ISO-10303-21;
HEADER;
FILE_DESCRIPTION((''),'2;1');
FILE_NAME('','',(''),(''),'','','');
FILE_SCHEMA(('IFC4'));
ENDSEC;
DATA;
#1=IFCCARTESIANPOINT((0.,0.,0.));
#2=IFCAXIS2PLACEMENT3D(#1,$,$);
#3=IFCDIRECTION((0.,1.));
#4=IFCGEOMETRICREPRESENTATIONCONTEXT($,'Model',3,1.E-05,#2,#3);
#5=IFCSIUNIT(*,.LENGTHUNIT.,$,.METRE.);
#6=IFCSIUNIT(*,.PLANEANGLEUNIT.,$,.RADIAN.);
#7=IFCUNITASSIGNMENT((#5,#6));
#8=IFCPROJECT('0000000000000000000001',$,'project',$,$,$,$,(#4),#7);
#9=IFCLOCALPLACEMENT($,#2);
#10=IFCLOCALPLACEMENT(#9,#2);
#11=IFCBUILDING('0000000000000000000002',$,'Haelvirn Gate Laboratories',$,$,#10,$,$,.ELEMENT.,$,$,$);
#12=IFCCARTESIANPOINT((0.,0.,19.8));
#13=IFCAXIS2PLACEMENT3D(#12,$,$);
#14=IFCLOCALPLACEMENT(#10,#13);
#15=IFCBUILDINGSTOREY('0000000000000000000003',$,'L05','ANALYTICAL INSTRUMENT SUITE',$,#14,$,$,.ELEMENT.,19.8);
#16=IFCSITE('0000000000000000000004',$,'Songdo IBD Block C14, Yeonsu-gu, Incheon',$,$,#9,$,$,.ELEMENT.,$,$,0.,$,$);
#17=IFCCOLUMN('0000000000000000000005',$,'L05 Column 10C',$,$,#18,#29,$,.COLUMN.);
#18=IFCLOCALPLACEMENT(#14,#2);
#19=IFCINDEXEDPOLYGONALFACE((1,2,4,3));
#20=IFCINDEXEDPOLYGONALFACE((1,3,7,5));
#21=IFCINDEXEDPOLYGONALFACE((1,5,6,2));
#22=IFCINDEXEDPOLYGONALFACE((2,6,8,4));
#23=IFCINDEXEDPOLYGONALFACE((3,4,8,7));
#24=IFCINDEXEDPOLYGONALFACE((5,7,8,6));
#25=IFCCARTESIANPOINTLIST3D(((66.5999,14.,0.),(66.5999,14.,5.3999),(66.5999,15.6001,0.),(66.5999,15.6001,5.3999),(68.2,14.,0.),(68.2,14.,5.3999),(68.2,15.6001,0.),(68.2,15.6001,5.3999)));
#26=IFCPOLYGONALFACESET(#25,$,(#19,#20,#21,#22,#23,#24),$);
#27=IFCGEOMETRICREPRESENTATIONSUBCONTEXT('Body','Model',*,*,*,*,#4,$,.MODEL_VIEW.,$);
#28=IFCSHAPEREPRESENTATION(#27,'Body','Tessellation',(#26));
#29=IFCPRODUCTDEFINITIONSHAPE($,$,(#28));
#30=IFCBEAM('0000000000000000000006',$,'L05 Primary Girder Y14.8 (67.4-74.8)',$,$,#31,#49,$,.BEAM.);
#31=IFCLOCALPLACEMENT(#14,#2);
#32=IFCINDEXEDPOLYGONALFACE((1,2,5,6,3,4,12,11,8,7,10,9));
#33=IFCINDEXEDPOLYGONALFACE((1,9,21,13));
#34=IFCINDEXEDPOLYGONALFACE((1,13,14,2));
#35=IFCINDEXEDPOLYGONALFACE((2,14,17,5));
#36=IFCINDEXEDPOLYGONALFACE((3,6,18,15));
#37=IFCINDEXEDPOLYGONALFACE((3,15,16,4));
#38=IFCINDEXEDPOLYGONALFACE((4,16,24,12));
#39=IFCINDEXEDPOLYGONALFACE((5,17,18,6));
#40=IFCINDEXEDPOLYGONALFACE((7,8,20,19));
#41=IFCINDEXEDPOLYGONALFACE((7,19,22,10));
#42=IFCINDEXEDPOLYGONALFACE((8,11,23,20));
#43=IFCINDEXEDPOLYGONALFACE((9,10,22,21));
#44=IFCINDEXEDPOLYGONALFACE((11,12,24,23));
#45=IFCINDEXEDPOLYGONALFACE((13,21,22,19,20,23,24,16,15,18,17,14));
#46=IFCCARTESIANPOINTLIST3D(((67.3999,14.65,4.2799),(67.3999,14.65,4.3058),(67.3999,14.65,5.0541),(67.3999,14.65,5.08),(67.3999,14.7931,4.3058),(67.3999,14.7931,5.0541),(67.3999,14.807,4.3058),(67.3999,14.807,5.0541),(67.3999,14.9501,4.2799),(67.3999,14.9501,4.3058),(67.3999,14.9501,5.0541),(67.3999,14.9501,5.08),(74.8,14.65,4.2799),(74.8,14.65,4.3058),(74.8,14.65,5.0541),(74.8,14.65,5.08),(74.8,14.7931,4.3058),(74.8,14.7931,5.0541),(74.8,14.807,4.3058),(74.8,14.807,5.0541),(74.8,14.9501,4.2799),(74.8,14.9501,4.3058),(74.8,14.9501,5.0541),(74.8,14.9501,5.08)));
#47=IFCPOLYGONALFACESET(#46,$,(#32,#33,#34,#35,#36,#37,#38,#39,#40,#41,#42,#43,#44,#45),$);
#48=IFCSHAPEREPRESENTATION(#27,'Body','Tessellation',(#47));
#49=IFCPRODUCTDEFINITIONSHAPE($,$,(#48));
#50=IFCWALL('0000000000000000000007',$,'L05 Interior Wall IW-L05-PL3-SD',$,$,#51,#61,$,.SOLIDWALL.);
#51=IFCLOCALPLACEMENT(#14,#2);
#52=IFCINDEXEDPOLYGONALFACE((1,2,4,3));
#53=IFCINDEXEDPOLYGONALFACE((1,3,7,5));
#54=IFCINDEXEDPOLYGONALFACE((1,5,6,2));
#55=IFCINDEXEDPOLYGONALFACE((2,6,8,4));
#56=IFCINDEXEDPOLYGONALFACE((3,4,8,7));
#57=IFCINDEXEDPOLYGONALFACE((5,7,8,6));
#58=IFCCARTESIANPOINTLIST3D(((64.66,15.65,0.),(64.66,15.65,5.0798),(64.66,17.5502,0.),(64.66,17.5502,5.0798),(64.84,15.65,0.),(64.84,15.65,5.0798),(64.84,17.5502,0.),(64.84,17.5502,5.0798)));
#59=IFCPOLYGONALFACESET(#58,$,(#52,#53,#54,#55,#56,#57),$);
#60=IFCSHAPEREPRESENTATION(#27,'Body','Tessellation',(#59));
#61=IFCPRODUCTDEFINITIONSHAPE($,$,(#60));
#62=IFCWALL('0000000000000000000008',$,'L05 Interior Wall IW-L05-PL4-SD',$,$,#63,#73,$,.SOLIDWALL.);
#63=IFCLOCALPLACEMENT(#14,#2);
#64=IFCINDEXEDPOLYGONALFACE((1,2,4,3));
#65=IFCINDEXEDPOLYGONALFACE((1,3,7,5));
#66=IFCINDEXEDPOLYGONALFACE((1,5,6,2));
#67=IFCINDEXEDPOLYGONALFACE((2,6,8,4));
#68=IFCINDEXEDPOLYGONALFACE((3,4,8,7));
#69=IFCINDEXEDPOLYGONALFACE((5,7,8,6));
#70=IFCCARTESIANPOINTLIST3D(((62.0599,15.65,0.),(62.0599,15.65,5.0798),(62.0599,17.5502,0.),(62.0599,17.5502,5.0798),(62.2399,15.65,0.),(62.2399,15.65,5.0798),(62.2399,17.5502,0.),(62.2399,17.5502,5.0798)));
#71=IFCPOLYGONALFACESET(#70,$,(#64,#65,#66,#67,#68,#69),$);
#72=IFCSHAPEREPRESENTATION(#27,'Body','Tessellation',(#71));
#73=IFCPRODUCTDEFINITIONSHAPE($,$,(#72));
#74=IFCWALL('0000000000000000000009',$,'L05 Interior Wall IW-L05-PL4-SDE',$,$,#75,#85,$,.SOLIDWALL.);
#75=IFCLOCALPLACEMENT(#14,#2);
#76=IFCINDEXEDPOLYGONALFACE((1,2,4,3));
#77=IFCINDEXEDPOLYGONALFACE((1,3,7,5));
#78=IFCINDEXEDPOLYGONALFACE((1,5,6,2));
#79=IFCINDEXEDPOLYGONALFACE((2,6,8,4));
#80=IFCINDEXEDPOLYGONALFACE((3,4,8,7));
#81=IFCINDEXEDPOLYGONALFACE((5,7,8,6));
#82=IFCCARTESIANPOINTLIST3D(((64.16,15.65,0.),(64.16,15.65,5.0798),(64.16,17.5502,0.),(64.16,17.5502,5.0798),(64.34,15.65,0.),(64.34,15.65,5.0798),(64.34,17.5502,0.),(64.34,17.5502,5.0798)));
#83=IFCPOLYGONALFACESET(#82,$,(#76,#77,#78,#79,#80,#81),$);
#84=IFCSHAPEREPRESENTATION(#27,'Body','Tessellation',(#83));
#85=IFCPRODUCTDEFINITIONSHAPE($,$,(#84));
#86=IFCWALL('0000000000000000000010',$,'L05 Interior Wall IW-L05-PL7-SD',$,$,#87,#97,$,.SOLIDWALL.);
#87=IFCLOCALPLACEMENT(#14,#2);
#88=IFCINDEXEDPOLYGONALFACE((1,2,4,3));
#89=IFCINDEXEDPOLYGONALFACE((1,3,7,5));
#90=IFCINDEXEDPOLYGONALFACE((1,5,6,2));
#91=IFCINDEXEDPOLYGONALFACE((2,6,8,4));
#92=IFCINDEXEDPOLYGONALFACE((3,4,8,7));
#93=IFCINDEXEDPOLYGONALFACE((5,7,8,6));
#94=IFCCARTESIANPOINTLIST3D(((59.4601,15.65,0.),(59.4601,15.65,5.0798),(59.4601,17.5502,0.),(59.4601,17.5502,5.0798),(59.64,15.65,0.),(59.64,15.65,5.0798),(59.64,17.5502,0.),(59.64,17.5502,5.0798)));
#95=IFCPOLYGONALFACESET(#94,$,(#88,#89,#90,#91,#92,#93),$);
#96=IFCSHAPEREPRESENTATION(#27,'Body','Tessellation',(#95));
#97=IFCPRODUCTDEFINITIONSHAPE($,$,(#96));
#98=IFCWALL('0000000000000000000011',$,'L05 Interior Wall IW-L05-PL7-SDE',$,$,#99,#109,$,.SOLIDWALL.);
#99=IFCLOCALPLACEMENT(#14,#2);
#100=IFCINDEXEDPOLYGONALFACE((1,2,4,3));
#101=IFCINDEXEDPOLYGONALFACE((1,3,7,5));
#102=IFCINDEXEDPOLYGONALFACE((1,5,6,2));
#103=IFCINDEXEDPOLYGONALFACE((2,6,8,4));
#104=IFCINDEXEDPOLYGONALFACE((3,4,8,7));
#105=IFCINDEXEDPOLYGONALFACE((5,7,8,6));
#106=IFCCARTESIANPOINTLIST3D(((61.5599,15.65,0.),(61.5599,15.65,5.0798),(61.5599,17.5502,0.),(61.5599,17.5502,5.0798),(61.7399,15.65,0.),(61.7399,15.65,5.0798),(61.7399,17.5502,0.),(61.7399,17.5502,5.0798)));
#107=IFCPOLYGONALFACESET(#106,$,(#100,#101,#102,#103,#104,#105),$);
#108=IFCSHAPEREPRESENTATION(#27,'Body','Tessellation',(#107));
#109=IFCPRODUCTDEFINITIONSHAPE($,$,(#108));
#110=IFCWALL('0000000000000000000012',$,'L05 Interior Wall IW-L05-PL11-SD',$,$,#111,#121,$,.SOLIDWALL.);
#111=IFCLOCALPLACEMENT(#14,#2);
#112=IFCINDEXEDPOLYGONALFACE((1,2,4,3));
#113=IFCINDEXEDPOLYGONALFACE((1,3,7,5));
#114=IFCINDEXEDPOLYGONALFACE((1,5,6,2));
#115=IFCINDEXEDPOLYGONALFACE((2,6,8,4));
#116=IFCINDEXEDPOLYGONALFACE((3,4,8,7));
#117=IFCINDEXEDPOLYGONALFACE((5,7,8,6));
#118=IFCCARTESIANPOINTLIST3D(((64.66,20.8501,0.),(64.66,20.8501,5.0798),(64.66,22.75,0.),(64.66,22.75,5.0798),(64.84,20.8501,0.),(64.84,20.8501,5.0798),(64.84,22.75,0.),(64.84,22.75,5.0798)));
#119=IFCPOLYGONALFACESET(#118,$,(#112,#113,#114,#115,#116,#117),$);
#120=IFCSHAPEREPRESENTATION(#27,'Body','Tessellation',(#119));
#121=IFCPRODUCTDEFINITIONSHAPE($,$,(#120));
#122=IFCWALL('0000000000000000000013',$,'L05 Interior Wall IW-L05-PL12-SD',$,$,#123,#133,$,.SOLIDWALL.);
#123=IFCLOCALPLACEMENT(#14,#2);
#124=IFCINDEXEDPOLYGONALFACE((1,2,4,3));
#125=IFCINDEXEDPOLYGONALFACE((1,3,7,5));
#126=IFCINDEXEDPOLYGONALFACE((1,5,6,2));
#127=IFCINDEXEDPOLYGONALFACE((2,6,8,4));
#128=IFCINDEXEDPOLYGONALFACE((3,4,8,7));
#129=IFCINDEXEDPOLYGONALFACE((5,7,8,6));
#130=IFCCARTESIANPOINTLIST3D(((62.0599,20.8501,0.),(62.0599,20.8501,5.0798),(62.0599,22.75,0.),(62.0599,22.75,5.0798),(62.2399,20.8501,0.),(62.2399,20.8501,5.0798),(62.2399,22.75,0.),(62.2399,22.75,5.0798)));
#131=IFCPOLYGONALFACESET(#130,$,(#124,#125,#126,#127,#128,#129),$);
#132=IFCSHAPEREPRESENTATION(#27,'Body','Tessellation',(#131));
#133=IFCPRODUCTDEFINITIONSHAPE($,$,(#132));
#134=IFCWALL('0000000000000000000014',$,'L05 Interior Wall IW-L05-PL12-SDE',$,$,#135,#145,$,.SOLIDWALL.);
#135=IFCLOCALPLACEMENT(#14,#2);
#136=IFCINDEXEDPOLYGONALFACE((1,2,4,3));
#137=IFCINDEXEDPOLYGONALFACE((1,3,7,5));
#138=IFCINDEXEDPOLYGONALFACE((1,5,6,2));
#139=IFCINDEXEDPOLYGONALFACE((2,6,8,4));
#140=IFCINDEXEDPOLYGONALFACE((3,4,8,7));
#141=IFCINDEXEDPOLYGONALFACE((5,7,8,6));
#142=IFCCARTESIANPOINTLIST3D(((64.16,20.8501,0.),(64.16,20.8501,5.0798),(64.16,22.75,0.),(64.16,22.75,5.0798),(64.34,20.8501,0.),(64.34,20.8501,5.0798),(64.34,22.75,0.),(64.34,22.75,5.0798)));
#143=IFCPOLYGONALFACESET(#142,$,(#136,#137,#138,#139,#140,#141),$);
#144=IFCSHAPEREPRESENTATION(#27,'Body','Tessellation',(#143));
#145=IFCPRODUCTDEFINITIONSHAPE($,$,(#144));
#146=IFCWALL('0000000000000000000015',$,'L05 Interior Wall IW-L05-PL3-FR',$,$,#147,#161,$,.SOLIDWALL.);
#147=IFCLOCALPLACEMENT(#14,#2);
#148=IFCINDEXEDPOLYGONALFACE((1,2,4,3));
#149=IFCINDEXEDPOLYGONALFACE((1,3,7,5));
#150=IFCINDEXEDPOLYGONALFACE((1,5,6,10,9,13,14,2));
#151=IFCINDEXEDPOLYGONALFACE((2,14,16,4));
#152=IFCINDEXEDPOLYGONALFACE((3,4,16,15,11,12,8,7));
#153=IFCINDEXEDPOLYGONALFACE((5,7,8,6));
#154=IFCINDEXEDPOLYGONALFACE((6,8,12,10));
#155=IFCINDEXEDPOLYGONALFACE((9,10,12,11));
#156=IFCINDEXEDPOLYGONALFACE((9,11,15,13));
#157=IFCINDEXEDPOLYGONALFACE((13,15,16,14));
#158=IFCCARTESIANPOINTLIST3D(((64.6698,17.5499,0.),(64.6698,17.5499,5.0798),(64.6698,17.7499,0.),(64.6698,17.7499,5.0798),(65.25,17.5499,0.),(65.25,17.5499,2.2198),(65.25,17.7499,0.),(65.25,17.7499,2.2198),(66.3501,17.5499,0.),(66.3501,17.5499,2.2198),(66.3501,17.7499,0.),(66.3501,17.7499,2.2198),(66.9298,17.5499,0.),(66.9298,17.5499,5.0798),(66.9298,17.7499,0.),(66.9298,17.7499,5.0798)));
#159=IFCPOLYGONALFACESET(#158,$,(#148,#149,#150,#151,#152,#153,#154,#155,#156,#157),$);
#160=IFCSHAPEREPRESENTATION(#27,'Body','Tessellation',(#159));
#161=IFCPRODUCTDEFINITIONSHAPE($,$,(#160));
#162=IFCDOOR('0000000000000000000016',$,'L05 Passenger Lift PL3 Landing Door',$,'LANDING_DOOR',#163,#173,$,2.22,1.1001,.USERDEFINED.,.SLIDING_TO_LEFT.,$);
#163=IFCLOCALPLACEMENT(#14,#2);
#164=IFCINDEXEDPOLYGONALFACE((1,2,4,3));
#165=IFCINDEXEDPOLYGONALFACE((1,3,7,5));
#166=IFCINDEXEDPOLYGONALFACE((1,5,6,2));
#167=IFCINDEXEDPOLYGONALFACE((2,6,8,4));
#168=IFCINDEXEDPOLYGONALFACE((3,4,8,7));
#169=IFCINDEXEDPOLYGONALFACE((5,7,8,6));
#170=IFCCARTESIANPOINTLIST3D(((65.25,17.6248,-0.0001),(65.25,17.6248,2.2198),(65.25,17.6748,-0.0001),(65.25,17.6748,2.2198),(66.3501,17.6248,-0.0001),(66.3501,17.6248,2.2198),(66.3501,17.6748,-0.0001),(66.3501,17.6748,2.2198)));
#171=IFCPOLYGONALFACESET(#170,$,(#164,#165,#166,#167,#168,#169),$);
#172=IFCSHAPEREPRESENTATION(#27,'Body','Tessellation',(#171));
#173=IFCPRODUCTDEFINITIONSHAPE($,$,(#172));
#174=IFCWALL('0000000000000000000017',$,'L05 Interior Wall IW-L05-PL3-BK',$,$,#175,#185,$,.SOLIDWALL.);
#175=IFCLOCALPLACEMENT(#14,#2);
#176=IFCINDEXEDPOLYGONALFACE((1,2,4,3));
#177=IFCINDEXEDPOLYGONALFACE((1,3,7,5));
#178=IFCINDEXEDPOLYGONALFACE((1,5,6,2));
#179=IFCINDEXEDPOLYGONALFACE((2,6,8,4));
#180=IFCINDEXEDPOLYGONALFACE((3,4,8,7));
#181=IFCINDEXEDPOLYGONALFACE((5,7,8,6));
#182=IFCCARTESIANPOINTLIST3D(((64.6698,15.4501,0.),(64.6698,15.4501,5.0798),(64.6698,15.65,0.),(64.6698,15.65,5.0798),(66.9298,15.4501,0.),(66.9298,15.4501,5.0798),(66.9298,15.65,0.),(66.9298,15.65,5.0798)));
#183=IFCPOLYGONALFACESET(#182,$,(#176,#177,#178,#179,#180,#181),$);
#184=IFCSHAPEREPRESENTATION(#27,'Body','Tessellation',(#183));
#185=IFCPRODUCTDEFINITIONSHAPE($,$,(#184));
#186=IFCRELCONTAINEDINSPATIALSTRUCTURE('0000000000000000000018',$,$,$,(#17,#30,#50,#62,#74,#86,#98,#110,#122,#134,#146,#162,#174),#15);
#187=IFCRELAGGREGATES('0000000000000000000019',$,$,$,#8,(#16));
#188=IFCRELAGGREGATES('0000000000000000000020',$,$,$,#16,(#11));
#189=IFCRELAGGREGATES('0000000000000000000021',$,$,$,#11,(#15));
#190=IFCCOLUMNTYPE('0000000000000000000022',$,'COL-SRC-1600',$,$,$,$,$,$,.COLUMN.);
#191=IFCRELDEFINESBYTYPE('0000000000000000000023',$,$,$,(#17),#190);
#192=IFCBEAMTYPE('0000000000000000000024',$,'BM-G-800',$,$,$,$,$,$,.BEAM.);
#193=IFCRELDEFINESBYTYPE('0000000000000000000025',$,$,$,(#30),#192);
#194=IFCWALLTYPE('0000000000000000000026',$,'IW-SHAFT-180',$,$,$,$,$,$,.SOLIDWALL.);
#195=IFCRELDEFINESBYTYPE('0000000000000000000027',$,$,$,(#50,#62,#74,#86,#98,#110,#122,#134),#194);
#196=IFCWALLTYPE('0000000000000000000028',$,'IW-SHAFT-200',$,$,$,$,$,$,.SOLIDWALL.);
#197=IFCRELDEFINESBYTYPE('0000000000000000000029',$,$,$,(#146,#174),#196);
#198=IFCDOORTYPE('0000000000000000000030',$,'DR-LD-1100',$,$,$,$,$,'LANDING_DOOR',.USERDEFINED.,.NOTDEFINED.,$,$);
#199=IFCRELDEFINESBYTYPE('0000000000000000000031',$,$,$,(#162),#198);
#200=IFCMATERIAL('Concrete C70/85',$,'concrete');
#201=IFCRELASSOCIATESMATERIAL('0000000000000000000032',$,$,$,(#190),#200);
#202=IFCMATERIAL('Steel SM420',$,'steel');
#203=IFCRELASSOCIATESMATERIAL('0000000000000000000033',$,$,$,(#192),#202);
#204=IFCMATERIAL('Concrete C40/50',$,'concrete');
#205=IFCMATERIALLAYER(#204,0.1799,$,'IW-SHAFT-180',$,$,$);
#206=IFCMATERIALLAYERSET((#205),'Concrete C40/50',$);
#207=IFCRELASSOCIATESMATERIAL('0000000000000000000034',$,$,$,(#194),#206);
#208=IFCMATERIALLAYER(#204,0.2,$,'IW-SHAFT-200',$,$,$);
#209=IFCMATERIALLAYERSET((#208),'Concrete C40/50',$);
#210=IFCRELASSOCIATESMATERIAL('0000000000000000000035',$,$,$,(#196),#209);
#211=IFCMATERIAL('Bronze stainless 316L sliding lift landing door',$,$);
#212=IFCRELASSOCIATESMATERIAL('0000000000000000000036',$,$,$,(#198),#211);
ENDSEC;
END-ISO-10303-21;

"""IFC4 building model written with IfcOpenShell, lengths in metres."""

from ifc_helpers import new_model, si_unit, direction, frame, frame_2d, origin, origin_2d, place, context, subcontext, project, spatial, rectangle, i_section, extrude, source, transform, mapped, material, layer, layer_set, material_profile, profile_set, type_object, type_shapes, element, fill, save


model = new_model("IFC4")

# Units and contexts
model_context = context("Model", 3, precision=1e-05, world=origin(), true_north=direction((0.0, 1.0)))
body_context = subcontext(model_context, "Body", "Model", "MODEL_VIEW")
ifc_project = project(units=[si_unit("LENGTHUNIT", "METRE"), si_unit("PLANEANGLEUNIT", "RADIAN")], contexts=[model_context])

# Site, building, storey
site_placement = place(None, origin())
site = spatial("IfcSite", under=ifc_project, at=site_placement, Name="Songdo IBD Block C14, Yeonsu-gu, Incheon", CompositionType="ELEMENT", RefElevation=0.0)
building_placement = place(site_placement, origin())
building = spatial("IfcBuilding", under=site, at=building_placement, Name="Haelvirn Gate Laboratories", CompositionType="ELEMENT")
storey_placement = place(building_placement, frame((0.0, 0.0, 19.8)))
storey = spatial("IfcBuildingStorey", under=building, at=storey_placement, Name="L05", Description="ANALYTICAL INSTRUMENT SUITE", CompositionType="ELEMENT", Elevation=19.8)

# Column
ifc_material_1 = material(Name="Concrete C70/85", Category="concrete")
ifc_material_profile_1 = material_profile(ifc_material_1, rectangle(XDim=1.6001, YDim=1.6001, at=origin_2d()), Name="SRC-1600x1600")
ifc_profile_set_1 = profile_set([ifc_material_profile_1], Name="Concrete C70/85")
column_type = type_object("IfcColumnType", Name="COL-SRC-1600", PredefinedType="COLUMN", material=ifc_profile_set_1)
shared_shape_1 = source(origin(), body_context, "Body", "SweptSolid", [
    extrude(rectangle(XDim=1.6001, YDim=1.6001, at=origin_2d()), origin(), (0.0, 0.0, 1.0), 5.3999),
])
type_shapes(column_type, [shared_shape_1])
column_placement = place(storey_placement, frame((67.3999, 14.8, 0.0), z_axis=(0.0, 0.0, 1.0), x_axis=(1.0, 0.0, 0.0)))
element("IfcColumn", 1, at=column_placement, inside=storey, type_object=column_type, Name="L05 Column 10C", PredefinedType="COLUMN", context=body_context, shape_type="MappedRepresentation", body=[
    mapped(shared_shape_1, transform((0.0, 0.0, 0.0), scale=1.0)),
])

# Beam
ifc_material_2 = material(Name="Steel SM420", Category="steel")
ifc_material_profile_2 = material_profile(ifc_material_2, i_section(OverallWidth=0.3, OverallDepth=0.8, WebThickness=0.0139, FlangeThickness=0.0259, at=origin_2d()), Name="H-800x300x14x26")
ifc_profile_set_2 = profile_set([ifc_material_profile_2], Name="Steel SM420")
beam_type = type_object("IfcBeamType", Name="BM-G-800", PredefinedType="BEAM", material=ifc_profile_set_2)
shared_shape_2 = source(origin(), body_context, "Body", "SweptSolid", [
    extrude(i_section(OverallWidth=0.3, OverallDepth=0.8, WebThickness=0.0139, FlangeThickness=0.0259, at=origin_2d()), origin(), (0.0, 0.0, 1.0), 7.4001),
])
type_shapes(beam_type, [shared_shape_2])
beam_placement = place(storey_placement, frame((67.3999, 14.8, 4.6799), z_axis=(1.0, 0.0, 0.0), x_axis=(0.0, 1.0, 0.0)))
element("IfcBeam", 2, at=beam_placement, inside=storey, type_object=beam_type, Name="L05 Primary Girder Y14.8 (67.4-74.8)", PredefinedType="BEAM", context=body_context, shape_type="MappedRepresentation", body=[
    mapped(shared_shape_2, transform((0.0, 0.0, 0.0), scale=1.0)),
])

# Walls
ifc_material_3 = material(Name="Concrete C40/50", Category="concrete")
ifc_layer_1 = layer(ifc_material_3, 0.1799, Name="IW-SHAFT-180")
ifc_layer_set_1 = layer_set([ifc_layer_1], Name="Concrete C40/50")
wall_type_1 = type_object("IfcWallType", Name="IW-SHAFT-180", PredefinedType="SOLIDWALL", material=ifc_layer_set_1)
for number, where, z_axis, x_axis, name in (
    (3, (64.75, 15.6499, 0.0), (0.0, 0.0, 1.0), (0.0, 1.0, 0.0), "L05 Interior Wall IW-L05-PL3-SD"),
    (4, (62.1499, 15.6499, 0.0), (0.0, 0.0, 1.0), (0.0, 1.0, 0.0), "L05 Interior Wall IW-L05-PL4-SD"),
    (5, (64.25, 15.6499, 0.0), (0.0, 0.0, 1.0), (0.0, 1.0, 0.0), "L05 Interior Wall IW-L05-PL4-SDE"),
    (6, (59.55, 15.6499, 0.0), (0.0, 0.0, 1.0), (0.0, 1.0, 0.0), "L05 Interior Wall IW-L05-PL7-SD"),
    (7, (61.6499, 15.6499, 0.0), (0.0, 0.0, 1.0), (0.0, 1.0, 0.0), "L05 Interior Wall IW-L05-PL7-SDE"),
):
    element("IfcWall", number, at=place(storey_placement, frame(where, z_axis=z_axis, x_axis=x_axis)), inside=storey, type_object=wall_type_1, Name=name, PredefinedType="SOLIDWALL", context=body_context, shape_type="SweptSolid", body=[
        extrude(rectangle(XDim=1.9001, YDim=0.1799, at=frame_2d((0.9502, 0.0))), origin(), (0.0, 0.0, 1.0), 5.0798),
    ])
for number, where, z_axis, x_axis, name in (
    (8, (64.75, 20.8501, 0.0), (0.0, 0.0, 1.0), (0.0, 1.0, 0.0), "L05 Interior Wall IW-L05-PL11-SD"),
    (9, (62.1499, 20.8501, 0.0), (0.0, 0.0, 1.0), (0.0, 1.0, 0.0), "L05 Interior Wall IW-L05-PL12-SD"),
    (10, (64.25, 20.8501, 0.0), (0.0, 0.0, 1.0), (0.0, 1.0, 0.0), "L05 Interior Wall IW-L05-PL12-SDE"),
):
    element("IfcWall", number, at=place(storey_placement, frame(where, z_axis=z_axis, x_axis=x_axis)), inside=storey, type_object=wall_type_1, Name=name, PredefinedType="SOLIDWALL", context=body_context, shape_type="SweptSolid", body=[
        extrude(rectangle(XDim=1.8999, YDim=0.1799, at=frame_2d((0.95, 0.0))), origin(), (0.0, 0.0, 1.0), 5.0798),
    ])

# Wall, opening, door
ifc_layer_2 = layer(ifc_material_3, 0.2, Name="IW-SHAFT-200")
ifc_layer_set_2 = layer_set([ifc_layer_2], Name="Concrete C40/50")
wall_type_2 = type_object("IfcWallType", Name="IW-SHAFT-200", PredefinedType="SOLIDWALL", material=ifc_layer_set_2)
wall_1_placement = place(storey_placement, frame((64.6699, 17.6499, 0.0), z_axis=(0.0, 0.0, 1.0), x_axis=(1.0, 0.0, 0.0)))
wall_1 = element("IfcWall", 11, at=wall_1_placement, inside=storey, type_object=wall_type_2, Name="L05 Interior Wall IW-L05-PL3-FR", PredefinedType="SOLIDWALL", context=body_context, shape_type="SweptSolid", body=[
    extrude(rectangle(XDim=2.26, YDim=0.2, at=frame_2d((1.1299, 0.0))), origin(), (0.0, 0.0, 1.0), 5.0798),
])
opening_1_placement = place(wall_1_placement, frame((0.5801, 0.0, 0.0)))
opening_1 = element("IfcOpeningElement", 12, at=opening_1_placement, cuts=wall_1, PredefinedType="OPENING", context=body_context, shape_type="SweptSolid", body=[
    extrude(rectangle(XDim=1.1001, YDim=2.22, at=frame_2d((0.55, 1.1099))), frame((0.0, 0.1099, 0.0), z_axis=(0.0, -1.0, 0.0), x_axis=(1.0, 0.0, 0.0)), (0.0, 0.0, 1.0), 0.22),
])
ifc_material_4 = material(Name="Bronze stainless 316L sliding lift landing door")
door_type = type_object("IfcDoorType", Name="DR-LD-1100", ElementType="LANDING_DOOR", OperationType="NOTDEFINED", PredefinedType="USERDEFINED", material=ifc_material_4)
shared_shape_3 = source(origin(), body_context, "Body", "SweptSolid", [
    extrude(rectangle(XDim=1.1001, YDim=2.22, at=frame_2d((0.55, 1.1099))), frame((0.0, 0.0249, 0.0), z_axis=(0.0, -1.0, 0.0), x_axis=(1.0, 0.0, 0.0)), (0.0, 0.0, 1.0), 0.05),
])
type_shapes(door_type, [shared_shape_3])
door_1_placement = place(opening_1_placement, origin())
door_1 = element("IfcDoor", 13, at=door_1_placement, inside=storey, type_object=door_type, Name="L05 Passenger Lift PL3 Landing Door", ObjectType="LANDING_DOOR", OperationType="SLIDING_TO_LEFT", OverallHeight=2.22, OverallWidth=1.1001, PredefinedType="USERDEFINED", context=body_context, shape_type="MappedRepresentation", body=[
    mapped(shared_shape_3, transform((0.0, 0.0, 0.0), scale=1.0)),
])
fill(opening_1, door_1)

# Wall
wall_2_placement = place(storey_placement, frame((64.6699, 15.55, 0.0), z_axis=(0.0, 0.0, 1.0), x_axis=(1.0, 0.0, 0.0)))
element("IfcWall", 14, at=wall_2_placement, inside=storey, type_object=wall_type_2, Name="L05 Interior Wall IW-L05-PL3-BK", PredefinedType="SOLIDWALL", context=body_context, shape_type="SweptSolid", body=[
    extrude(rectangle(XDim=2.26, YDim=0.2, at=frame_2d((1.1299, 0.0))), origin(), (0.0, 0.0, 1.0), 5.0798),
])

save(model, "model.ifc")
